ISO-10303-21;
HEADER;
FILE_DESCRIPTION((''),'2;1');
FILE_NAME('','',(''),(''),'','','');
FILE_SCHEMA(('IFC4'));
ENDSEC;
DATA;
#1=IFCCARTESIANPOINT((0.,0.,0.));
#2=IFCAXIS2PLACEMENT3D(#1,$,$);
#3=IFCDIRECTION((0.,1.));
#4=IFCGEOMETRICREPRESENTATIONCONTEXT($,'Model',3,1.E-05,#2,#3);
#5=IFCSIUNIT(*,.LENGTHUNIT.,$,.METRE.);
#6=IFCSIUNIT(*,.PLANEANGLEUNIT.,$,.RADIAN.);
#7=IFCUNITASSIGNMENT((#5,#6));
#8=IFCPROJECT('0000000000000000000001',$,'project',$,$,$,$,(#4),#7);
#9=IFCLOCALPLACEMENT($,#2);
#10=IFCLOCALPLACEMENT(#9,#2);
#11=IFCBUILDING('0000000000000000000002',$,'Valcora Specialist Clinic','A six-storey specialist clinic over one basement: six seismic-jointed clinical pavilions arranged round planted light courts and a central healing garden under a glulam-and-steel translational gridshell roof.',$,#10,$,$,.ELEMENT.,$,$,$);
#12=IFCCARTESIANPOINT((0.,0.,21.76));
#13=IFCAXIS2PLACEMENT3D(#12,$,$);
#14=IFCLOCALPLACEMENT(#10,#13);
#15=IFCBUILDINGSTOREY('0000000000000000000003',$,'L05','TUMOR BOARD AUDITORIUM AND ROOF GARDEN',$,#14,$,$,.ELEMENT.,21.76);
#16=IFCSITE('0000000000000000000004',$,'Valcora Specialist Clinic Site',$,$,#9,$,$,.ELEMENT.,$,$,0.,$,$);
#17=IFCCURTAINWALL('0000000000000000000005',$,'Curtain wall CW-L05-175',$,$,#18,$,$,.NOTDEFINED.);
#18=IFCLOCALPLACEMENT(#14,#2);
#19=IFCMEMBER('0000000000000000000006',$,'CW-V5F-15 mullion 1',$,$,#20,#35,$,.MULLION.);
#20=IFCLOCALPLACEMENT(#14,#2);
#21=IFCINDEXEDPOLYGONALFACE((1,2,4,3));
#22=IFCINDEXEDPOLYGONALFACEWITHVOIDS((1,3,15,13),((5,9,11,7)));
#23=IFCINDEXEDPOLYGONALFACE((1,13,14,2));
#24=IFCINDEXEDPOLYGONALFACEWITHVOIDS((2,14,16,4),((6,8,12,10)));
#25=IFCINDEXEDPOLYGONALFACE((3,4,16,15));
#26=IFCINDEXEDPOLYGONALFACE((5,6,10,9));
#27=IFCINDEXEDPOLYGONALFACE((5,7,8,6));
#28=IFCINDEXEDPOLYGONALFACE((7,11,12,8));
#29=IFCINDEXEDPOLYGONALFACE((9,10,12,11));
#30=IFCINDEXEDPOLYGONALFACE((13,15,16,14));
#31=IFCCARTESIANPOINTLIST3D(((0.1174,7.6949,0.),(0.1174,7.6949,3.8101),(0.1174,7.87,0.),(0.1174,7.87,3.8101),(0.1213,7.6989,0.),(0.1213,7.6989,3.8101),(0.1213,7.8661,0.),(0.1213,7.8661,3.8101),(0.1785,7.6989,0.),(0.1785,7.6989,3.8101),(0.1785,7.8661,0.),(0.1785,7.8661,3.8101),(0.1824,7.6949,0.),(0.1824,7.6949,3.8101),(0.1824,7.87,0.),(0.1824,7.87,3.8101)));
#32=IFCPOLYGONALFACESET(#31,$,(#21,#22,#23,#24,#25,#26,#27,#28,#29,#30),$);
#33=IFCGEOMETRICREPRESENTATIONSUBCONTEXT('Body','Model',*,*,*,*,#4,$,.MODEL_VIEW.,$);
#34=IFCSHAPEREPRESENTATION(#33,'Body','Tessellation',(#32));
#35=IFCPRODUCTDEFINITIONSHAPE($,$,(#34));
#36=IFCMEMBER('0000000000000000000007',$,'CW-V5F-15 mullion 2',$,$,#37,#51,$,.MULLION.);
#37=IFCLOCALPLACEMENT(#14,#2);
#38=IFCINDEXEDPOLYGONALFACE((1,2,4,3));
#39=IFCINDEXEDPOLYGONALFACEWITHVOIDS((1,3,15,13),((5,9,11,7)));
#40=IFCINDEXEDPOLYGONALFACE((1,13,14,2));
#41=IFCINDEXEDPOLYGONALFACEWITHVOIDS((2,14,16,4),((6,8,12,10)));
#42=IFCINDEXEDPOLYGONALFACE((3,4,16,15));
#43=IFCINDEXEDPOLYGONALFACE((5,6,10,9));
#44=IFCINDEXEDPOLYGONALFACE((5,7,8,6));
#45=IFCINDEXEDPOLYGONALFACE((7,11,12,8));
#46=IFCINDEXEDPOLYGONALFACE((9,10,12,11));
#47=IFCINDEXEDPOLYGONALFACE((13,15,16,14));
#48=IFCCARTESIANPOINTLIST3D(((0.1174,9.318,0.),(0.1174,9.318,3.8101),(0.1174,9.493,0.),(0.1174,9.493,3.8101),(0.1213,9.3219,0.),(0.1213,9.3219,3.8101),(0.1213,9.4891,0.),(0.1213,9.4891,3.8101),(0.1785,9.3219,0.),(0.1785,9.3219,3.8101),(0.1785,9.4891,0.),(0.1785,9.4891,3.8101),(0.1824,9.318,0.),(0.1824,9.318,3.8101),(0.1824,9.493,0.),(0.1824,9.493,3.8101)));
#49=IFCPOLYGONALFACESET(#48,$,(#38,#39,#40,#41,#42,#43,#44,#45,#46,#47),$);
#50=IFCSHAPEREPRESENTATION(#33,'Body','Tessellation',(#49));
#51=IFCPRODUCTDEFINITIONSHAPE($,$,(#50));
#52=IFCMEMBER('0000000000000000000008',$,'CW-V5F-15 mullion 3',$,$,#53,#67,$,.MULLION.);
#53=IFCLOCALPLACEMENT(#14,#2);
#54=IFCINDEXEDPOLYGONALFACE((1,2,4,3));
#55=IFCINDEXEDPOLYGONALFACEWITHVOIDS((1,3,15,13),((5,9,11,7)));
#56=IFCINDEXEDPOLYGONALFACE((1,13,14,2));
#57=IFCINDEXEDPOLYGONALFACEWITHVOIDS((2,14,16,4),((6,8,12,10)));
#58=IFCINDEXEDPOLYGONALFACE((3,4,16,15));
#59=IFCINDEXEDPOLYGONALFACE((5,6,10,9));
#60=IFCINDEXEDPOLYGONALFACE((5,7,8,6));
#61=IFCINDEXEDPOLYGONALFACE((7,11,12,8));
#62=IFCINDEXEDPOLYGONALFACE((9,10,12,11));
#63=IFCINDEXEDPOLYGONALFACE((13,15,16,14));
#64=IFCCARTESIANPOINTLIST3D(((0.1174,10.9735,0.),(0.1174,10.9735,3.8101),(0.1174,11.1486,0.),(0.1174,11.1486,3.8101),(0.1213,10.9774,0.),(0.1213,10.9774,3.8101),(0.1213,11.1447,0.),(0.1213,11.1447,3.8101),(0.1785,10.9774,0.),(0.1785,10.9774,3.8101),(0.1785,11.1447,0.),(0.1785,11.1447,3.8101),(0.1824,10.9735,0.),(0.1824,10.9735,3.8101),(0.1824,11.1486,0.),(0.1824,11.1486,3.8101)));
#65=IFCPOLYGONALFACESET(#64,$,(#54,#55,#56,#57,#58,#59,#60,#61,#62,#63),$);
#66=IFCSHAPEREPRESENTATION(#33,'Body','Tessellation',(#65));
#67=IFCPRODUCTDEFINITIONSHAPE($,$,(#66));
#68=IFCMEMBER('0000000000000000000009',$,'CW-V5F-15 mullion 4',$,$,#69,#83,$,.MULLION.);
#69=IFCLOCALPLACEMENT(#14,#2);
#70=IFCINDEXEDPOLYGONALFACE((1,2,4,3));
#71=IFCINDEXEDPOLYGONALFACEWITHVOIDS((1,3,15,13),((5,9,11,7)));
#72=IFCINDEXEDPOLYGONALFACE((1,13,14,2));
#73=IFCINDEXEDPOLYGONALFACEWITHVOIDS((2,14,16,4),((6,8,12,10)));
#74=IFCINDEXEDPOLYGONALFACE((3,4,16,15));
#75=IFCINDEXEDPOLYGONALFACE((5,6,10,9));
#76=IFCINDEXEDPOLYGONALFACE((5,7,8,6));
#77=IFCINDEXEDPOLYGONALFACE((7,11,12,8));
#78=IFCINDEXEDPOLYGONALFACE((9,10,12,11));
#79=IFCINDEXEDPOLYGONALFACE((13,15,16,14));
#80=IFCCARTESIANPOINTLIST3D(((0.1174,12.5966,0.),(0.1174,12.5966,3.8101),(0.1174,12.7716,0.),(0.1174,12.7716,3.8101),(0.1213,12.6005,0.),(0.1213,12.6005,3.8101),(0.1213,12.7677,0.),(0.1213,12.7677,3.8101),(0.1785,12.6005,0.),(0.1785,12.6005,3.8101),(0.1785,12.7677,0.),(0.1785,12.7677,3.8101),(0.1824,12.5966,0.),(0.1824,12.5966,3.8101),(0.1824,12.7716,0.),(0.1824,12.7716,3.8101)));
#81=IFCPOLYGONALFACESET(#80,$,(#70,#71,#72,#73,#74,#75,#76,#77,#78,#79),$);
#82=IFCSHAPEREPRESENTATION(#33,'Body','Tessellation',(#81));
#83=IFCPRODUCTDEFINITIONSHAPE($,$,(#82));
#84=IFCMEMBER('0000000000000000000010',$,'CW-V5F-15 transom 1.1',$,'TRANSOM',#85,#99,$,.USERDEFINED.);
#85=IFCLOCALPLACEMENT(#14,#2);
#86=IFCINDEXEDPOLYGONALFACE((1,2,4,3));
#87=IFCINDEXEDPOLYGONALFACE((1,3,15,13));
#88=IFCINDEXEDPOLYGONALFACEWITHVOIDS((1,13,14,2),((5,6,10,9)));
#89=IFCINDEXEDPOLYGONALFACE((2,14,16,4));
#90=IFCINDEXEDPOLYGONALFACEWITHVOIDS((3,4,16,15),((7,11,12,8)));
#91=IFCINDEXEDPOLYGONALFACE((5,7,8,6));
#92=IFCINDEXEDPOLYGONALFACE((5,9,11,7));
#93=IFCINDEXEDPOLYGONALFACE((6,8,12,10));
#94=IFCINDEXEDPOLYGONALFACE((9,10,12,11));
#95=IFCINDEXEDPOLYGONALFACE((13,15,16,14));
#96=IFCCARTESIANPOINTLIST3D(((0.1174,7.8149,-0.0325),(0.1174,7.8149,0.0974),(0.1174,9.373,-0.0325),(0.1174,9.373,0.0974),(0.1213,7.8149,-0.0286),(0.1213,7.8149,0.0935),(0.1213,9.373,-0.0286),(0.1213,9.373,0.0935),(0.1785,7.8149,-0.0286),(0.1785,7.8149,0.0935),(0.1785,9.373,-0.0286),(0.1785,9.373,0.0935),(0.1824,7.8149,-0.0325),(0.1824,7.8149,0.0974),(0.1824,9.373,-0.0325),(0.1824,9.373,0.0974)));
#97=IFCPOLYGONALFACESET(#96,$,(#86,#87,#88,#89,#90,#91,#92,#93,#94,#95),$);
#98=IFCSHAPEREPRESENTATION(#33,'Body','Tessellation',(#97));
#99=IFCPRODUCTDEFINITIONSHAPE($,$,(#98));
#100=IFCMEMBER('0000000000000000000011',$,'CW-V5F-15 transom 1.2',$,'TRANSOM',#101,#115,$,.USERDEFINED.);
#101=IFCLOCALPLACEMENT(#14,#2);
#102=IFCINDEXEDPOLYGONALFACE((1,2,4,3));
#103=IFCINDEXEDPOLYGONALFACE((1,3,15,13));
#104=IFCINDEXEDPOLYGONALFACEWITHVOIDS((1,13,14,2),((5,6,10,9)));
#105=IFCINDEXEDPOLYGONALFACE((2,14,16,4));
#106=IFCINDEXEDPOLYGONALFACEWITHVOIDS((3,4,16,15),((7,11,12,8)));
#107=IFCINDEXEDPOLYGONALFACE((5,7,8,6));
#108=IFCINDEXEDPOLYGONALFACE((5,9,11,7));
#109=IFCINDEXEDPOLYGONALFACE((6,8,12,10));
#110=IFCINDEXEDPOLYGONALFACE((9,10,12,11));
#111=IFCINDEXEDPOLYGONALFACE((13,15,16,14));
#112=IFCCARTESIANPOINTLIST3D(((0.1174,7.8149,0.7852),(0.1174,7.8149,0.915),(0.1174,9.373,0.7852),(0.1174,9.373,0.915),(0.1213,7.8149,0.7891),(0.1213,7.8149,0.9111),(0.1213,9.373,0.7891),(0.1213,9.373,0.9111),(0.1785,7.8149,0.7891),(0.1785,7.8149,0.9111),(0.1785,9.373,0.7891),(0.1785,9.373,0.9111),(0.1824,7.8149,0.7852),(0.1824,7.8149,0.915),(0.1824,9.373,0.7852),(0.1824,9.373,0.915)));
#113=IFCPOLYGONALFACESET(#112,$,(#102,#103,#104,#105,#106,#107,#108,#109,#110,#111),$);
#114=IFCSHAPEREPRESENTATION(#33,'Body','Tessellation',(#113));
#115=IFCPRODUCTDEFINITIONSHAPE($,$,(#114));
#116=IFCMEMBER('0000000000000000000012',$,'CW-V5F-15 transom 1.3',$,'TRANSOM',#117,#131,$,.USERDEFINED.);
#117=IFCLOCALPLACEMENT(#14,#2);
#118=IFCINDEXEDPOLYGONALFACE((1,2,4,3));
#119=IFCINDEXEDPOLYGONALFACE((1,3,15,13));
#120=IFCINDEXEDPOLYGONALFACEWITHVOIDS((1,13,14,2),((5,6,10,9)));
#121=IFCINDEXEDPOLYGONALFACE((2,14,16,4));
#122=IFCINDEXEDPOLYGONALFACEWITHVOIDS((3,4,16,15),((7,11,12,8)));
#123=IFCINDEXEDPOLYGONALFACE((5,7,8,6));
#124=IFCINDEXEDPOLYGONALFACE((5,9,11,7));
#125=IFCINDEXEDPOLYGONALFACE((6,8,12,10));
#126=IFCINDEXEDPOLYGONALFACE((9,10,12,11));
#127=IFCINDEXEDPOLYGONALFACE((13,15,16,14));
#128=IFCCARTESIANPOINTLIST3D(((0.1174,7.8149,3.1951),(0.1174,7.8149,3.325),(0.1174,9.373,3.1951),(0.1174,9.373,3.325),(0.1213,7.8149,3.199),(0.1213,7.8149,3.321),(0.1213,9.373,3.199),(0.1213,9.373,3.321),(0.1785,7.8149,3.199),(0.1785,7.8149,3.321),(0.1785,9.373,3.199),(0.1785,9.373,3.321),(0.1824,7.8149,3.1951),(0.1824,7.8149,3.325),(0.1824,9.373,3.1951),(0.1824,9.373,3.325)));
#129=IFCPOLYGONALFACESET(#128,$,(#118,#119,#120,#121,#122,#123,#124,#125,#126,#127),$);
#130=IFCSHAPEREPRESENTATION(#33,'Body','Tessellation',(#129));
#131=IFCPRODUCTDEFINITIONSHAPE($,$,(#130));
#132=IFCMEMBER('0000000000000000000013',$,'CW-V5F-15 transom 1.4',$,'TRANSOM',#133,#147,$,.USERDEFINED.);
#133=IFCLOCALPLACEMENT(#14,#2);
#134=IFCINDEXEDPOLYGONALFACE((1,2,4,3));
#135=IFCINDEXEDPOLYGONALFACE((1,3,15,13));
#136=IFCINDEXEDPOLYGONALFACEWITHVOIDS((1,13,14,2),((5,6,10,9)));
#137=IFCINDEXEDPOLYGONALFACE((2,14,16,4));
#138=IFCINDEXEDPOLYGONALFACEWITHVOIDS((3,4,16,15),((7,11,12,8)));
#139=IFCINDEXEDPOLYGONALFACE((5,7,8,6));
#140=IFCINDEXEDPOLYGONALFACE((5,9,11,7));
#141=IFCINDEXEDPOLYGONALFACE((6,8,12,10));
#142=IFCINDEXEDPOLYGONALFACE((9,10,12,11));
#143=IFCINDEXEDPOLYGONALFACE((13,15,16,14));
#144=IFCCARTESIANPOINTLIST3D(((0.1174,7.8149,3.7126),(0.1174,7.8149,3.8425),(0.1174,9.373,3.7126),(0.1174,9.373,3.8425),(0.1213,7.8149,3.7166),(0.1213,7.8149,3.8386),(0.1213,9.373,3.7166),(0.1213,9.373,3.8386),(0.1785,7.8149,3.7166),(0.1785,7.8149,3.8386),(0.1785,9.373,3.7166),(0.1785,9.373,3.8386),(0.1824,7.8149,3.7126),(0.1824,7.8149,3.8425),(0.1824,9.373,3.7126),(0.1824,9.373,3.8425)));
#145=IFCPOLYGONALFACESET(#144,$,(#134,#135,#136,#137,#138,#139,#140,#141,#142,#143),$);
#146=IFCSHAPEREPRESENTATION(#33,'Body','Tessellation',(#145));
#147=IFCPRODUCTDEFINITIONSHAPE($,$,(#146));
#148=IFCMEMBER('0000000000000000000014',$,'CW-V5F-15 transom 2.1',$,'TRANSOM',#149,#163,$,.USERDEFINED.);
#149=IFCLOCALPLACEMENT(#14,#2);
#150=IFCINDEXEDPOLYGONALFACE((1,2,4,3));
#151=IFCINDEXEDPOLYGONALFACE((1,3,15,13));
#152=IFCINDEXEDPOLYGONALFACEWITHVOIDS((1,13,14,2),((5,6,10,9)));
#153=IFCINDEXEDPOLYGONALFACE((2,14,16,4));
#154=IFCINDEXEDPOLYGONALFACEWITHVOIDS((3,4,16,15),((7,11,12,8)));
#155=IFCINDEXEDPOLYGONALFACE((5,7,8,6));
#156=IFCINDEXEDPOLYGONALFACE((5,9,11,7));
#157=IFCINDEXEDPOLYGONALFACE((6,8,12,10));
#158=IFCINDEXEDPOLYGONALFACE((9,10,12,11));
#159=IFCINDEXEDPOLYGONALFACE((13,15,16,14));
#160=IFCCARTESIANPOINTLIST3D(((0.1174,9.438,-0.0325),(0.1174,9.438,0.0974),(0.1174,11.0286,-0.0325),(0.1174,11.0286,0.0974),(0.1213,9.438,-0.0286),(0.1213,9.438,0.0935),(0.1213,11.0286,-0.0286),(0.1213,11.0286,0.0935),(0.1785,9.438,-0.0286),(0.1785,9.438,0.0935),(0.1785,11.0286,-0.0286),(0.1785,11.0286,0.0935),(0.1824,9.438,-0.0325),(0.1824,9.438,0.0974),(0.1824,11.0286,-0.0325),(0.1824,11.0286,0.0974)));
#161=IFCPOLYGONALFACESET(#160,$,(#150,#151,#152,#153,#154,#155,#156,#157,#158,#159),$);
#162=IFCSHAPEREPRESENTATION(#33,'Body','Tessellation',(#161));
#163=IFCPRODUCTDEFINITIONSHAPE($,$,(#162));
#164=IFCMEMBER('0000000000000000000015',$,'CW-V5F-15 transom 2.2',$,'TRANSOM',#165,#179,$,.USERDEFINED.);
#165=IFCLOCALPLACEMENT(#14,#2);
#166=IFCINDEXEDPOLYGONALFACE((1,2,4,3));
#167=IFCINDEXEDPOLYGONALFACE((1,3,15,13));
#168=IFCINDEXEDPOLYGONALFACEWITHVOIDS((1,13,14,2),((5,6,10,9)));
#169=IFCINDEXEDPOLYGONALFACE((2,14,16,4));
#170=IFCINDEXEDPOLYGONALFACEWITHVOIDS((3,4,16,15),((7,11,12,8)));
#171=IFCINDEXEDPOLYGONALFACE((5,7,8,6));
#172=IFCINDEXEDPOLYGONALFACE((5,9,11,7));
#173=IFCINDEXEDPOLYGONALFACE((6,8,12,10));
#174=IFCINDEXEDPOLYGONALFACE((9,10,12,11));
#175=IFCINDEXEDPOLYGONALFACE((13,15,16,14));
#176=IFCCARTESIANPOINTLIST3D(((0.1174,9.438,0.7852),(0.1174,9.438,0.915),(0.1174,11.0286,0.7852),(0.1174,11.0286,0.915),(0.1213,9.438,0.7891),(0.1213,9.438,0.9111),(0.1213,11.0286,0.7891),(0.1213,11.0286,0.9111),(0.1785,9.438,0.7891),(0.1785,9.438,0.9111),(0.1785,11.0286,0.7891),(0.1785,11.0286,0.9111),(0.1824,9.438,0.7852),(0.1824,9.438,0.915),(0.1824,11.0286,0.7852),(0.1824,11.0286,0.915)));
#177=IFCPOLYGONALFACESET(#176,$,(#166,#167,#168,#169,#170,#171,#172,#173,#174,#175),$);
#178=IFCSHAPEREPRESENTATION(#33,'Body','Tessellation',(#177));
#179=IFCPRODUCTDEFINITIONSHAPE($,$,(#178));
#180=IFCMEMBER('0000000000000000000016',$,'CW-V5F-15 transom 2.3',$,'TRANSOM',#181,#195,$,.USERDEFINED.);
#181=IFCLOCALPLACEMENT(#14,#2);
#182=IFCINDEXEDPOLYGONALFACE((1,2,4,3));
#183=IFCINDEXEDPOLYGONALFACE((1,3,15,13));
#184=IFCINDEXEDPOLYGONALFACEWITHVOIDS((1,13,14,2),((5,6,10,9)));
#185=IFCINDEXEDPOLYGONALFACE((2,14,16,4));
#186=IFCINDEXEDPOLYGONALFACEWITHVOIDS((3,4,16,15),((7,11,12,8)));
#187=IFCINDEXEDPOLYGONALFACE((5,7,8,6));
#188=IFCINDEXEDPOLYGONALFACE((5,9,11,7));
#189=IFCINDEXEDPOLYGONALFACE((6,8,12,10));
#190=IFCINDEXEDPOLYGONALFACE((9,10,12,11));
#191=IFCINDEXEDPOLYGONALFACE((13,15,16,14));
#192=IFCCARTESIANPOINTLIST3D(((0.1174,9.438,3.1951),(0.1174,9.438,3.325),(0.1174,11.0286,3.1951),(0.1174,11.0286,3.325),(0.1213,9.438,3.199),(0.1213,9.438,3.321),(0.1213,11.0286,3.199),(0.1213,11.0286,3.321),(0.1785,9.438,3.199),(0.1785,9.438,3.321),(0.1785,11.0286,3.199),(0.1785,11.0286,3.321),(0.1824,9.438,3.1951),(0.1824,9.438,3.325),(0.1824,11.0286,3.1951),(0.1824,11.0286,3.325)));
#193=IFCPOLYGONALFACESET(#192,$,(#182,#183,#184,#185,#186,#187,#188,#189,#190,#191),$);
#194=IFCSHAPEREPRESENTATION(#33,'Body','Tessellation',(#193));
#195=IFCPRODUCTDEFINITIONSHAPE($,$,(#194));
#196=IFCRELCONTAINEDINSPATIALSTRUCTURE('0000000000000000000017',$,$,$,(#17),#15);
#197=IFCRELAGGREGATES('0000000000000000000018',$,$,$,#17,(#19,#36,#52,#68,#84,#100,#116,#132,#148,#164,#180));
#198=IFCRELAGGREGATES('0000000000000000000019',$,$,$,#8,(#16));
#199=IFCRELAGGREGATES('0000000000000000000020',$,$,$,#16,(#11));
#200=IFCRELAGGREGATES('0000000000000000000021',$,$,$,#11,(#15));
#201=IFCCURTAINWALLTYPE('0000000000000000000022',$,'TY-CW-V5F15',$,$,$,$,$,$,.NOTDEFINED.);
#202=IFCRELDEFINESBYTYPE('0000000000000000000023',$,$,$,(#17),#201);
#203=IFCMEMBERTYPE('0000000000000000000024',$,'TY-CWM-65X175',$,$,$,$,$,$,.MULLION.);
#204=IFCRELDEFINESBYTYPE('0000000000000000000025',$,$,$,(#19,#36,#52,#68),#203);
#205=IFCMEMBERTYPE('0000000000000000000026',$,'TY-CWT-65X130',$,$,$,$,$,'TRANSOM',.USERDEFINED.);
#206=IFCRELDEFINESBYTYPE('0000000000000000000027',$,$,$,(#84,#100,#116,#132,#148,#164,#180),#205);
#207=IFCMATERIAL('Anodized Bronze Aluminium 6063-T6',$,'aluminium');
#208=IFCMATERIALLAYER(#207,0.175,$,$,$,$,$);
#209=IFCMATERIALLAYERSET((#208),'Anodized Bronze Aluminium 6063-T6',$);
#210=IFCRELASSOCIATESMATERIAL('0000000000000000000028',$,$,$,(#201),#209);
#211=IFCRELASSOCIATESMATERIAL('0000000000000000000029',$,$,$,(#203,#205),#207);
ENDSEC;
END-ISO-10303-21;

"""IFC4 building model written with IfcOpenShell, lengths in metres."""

from ifc_helpers import new_model, si_unit, direction, frame, origin, origin_2d, place, context, subcontext, project, spatial, hollow_rectangle, extrude, material, layer, layer_set, material_profile, profile_set, type_object, element, aggregate, save


model = new_model("IFC4")

# Units and contexts
model_context = context("Model", 3, precision=1e-05, world=origin(), true_north=direction((0.0, 1.0)))
body_context = subcontext(model_context, "Body", "Model", "MODEL_VIEW")
ifc_project = project(units=[si_unit("LENGTHUNIT", "METRE"), si_unit("PLANEANGLEUNIT", "RADIAN")], contexts=[model_context])

# Site, building, storey
site_placement = place(None, origin())
site = spatial("IfcSite", under=ifc_project, at=site_placement, Name="Valcora Specialist Clinic Site", CompositionType="ELEMENT", RefElevation=0.0)
building_placement = place(site_placement, origin())
building = spatial("IfcBuilding", under=site, at=building_placement, Name="Valcora Specialist Clinic", Description="A six-storey specialist clinic over one basement: six seismic-jointed clinical pavilions arranged round planted light courts and a central healing garden under a glulam-and-steel translational gridshell roof.", CompositionType="ELEMENT")
storey_placement = place(building_placement, frame((0.0, 0.0, 21.76)))
storey = spatial("IfcBuildingStorey", under=building, at=storey_placement, Name="L05", Description="TUMOR BOARD AUDITORIUM AND ROOF GARDEN", CompositionType="ELEMENT", Elevation=21.76)

# Curtain wall, members
ifc_material_1 = material(Name="Anodized Bronze Aluminium 6063-T6", Category="aluminium")
ifc_layer_1 = layer(ifc_material_1, 0.175)
ifc_layer_set_1 = layer_set([ifc_layer_1], Name="Anodized Bronze Aluminium 6063-T6")
curtain_wall_type = type_object("IfcCurtainWallType", Name="TY-CW-V5F15", PredefinedType="NOTDEFINED", material=ifc_layer_set_1)
curtain_wall_placement = place(storey_placement, origin())
curtain_wall = element("IfcCurtainWall", 1, at=curtain_wall_placement, inside=storey, type_object=curtain_wall_type, Name="Curtain wall CW-L05-175", PredefinedType="NOTDEFINED")
ifc_material_profile_1 = material_profile(ifc_material_1, hollow_rectangle(XDim=0.0649, YDim=0.175, WallThickness=0.0039, at=origin_2d()), Name="AL-MUL-65X175")
ifc_profile_set_1 = profile_set([ifc_material_profile_1], Name="Anodized Bronze Aluminium 6063-T6")
member_type_1 = type_object("IfcMemberType", Name="TY-CWM-65X175", PredefinedType="MULLION", material=ifc_profile_set_1)
member_1_placement = place(storey_placement, frame((0.1499, 7.7825, 0.0), z_axis=(0.0, 0.0, 1.0), x_axis=(-1.0, 0.0, 0.0)))
member_1 = element("IfcMember", 2, at=member_1_placement, type_object=member_type_1, Name="CW-V5F-15 mullion 1", PredefinedType="MULLION", context=body_context, shape_type="SweptSolid", body=[
    extrude(hollow_rectangle(XDim=0.0649, YDim=0.175, WallThickness=0.0039, at=origin_2d()), origin(), (0.0, 0.0, 1.0), 3.8101),
])
member_2_placement = place(storey_placement, frame((0.1499, 9.4055, 0.0), z_axis=(0.0, 0.0, 1.0), x_axis=(-1.0, 0.0, 0.0)))
member_2 = element("IfcMember", 3, at=member_2_placement, type_object=member_type_1, Name="CW-V5F-15 mullion 2", PredefinedType="MULLION", context=body_context, shape_type="SweptSolid", body=[
    extrude(hollow_rectangle(XDim=0.0649, YDim=0.175, WallThickness=0.0039, at=origin_2d()), origin(), (0.0, 0.0, 1.0), 3.8101),
])
member_3_placement = place(storey_placement, frame((0.1499, 11.061, 0.0), z_axis=(0.0, 0.0, 1.0), x_axis=(-1.0, 0.0, 0.0)))
member_3 = element("IfcMember", 4, at=member_3_placement, type_object=member_type_1, Name="CW-V5F-15 mullion 3", PredefinedType="MULLION", context=body_context, shape_type="SweptSolid", body=[
    extrude(hollow_rectangle(XDim=0.0649, YDim=0.175, WallThickness=0.0039, at=origin_2d()), origin(), (0.0, 0.0, 1.0), 3.8101),
])
member_4_placement = place(storey_placement, frame((0.1499, 12.6841, 0.0), z_axis=(0.0, 0.0, 1.0), x_axis=(-1.0, 0.0, 0.0)))
member_4 = element("IfcMember", 5, at=member_4_placement, type_object=member_type_1, Name="CW-V5F-15 mullion 4", PredefinedType="MULLION", context=body_context, shape_type="SweptSolid", body=[
    extrude(hollow_rectangle(XDim=0.0649, YDim=0.175, WallThickness=0.0039, at=origin_2d()), origin(), (0.0, 0.0, 1.0), 3.8101),
])
ifc_material_profile_2 = material_profile(ifc_material_1, hollow_rectangle(XDim=0.0649, YDim=0.1299, WallThickness=0.0039, at=origin_2d()), Name="AL-TRN-65X130")
ifc_profile_set_2 = profile_set([ifc_material_profile_2], Name="Anodized Bronze Aluminium 6063-T6")
member_type_2 = type_object("IfcMemberType", Name="TY-CWT-65X130", ElementType="TRANSOM", PredefinedType="USERDEFINED", material=ifc_profile_set_2)
member_5_placement = place(storey_placement, frame((0.1499, 7.8149, 0.0325), z_axis=(0.0, 1.0, 0.0), x_axis=(-1.0, 0.0, 0.0)))
member_5 = element("IfcMember", 6, at=member_5_placement, type_object=member_type_2, Name="CW-V5F-15 transom 1.1", ObjectType="TRANSOM", PredefinedType="USERDEFINED", context=body_context, shape_type="SweptSolid", body=[
    extrude(hollow_rectangle(XDim=0.0649, YDim=0.1299, WallThickness=0.0039, at=origin_2d()), origin(), (0.0, 0.0, 1.0), 1.5581),
])
member_6_placement = place(storey_placement, frame((0.1499, 7.8149, 0.8501), z_axis=(0.0, 1.0, 0.0), x_axis=(-1.0, 0.0, 0.0)))
member_6 = element("IfcMember", 7, at=member_6_placement, type_object=member_type_2, Name="CW-V5F-15 transom 1.2", ObjectType="TRANSOM", PredefinedType="USERDEFINED", context=body_context, shape_type="SweptSolid", body=[
    extrude(hollow_rectangle(XDim=0.0649, YDim=0.1299, WallThickness=0.0039, at=origin_2d()), origin(), (0.0, 0.0, 1.0), 1.5581),
])
member_7_placement = place(storey_placement, frame((0.1499, 7.8149, 3.26), z_axis=(0.0, 1.0, 0.0), x_axis=(-1.0, 0.0, 0.0)))
member_7 = element("IfcMember", 8, at=member_7_placement, type_object=member_type_2, Name="CW-V5F-15 transom 1.3", ObjectType="TRANSOM", PredefinedType="USERDEFINED", context=body_context, shape_type="SweptSolid", body=[
    extrude(hollow_rectangle(XDim=0.0649, YDim=0.1299, WallThickness=0.0039, at=origin_2d()), origin(), (0.0, 0.0, 1.0), 1.5581),
])
member_8_placement = place(storey_placement, frame((0.1499, 7.8149, 3.7776), z_axis=(0.0, 1.0, 0.0), x_axis=(-1.0, 0.0, 0.0)))
member_8 = element("IfcMember", 9, at=member_8_placement, type_object=member_type_2, Name="CW-V5F-15 transom 1.4", ObjectType="TRANSOM", PredefinedType="USERDEFINED", context=body_context, shape_type="SweptSolid", body=[
    extrude(hollow_rectangle(XDim=0.0649, YDim=0.1299, WallThickness=0.0039, at=origin_2d()), origin(), (0.0, 0.0, 1.0), 1.5581),
])
member_9_placement = place(storey_placement, frame((0.1499, 9.438, 0.0325), z_axis=(0.0, 1.0, 0.0), x_axis=(-1.0, 0.0, 0.0)))
member_9 = element("IfcMember", 10, at=member_9_placement, type_object=member_type_2, Name="CW-V5F-15 transom 2.1", ObjectType="TRANSOM", PredefinedType="USERDEFINED", context=body_context, shape_type="SweptSolid", body=[
    extrude(hollow_rectangle(XDim=0.0649, YDim=0.1299, WallThickness=0.0039, at=origin_2d()), origin(), (0.0, 0.0, 1.0), 1.5906),
])
member_10_placement = place(storey_placement, frame((0.1499, 9.438, 0.8501), z_axis=(0.0, 1.0, 0.0), x_axis=(-1.0, 0.0, 0.0)))
member_10 = element("IfcMember", 11, at=member_10_placement, type_object=member_type_2, Name="CW-V5F-15 transom 2.2", ObjectType="TRANSOM", PredefinedType="USERDEFINED", context=body_context, shape_type="SweptSolid", body=[
    extrude(hollow_rectangle(XDim=0.0649, YDim=0.1299, WallThickness=0.0039, at=origin_2d()), origin(), (0.0, 0.0, 1.0), 1.5906),
])
member_11_placement = place(storey_placement, frame((0.1499, 9.438, 3.26), z_axis=(0.0, 1.0, 0.0), x_axis=(-1.0, 0.0, 0.0)))
member_11 = element("IfcMember", 12, at=member_11_placement, type_object=member_type_2, Name="CW-V5F-15 transom 2.3", ObjectType="TRANSOM", PredefinedType="USERDEFINED", context=body_context, shape_type="SweptSolid", body=[
    extrude(hollow_rectangle(XDim=0.0649, YDim=0.1299, WallThickness=0.0039, at=origin_2d()), origin(), (0.0, 0.0, 1.0), 1.5906),
])
aggregate(curtain_wall, [member_1, member_2, member_3, member_4, member_5, member_6, member_7, member_8, member_9, member_10, member_11])

save(model, "model.ifc")
